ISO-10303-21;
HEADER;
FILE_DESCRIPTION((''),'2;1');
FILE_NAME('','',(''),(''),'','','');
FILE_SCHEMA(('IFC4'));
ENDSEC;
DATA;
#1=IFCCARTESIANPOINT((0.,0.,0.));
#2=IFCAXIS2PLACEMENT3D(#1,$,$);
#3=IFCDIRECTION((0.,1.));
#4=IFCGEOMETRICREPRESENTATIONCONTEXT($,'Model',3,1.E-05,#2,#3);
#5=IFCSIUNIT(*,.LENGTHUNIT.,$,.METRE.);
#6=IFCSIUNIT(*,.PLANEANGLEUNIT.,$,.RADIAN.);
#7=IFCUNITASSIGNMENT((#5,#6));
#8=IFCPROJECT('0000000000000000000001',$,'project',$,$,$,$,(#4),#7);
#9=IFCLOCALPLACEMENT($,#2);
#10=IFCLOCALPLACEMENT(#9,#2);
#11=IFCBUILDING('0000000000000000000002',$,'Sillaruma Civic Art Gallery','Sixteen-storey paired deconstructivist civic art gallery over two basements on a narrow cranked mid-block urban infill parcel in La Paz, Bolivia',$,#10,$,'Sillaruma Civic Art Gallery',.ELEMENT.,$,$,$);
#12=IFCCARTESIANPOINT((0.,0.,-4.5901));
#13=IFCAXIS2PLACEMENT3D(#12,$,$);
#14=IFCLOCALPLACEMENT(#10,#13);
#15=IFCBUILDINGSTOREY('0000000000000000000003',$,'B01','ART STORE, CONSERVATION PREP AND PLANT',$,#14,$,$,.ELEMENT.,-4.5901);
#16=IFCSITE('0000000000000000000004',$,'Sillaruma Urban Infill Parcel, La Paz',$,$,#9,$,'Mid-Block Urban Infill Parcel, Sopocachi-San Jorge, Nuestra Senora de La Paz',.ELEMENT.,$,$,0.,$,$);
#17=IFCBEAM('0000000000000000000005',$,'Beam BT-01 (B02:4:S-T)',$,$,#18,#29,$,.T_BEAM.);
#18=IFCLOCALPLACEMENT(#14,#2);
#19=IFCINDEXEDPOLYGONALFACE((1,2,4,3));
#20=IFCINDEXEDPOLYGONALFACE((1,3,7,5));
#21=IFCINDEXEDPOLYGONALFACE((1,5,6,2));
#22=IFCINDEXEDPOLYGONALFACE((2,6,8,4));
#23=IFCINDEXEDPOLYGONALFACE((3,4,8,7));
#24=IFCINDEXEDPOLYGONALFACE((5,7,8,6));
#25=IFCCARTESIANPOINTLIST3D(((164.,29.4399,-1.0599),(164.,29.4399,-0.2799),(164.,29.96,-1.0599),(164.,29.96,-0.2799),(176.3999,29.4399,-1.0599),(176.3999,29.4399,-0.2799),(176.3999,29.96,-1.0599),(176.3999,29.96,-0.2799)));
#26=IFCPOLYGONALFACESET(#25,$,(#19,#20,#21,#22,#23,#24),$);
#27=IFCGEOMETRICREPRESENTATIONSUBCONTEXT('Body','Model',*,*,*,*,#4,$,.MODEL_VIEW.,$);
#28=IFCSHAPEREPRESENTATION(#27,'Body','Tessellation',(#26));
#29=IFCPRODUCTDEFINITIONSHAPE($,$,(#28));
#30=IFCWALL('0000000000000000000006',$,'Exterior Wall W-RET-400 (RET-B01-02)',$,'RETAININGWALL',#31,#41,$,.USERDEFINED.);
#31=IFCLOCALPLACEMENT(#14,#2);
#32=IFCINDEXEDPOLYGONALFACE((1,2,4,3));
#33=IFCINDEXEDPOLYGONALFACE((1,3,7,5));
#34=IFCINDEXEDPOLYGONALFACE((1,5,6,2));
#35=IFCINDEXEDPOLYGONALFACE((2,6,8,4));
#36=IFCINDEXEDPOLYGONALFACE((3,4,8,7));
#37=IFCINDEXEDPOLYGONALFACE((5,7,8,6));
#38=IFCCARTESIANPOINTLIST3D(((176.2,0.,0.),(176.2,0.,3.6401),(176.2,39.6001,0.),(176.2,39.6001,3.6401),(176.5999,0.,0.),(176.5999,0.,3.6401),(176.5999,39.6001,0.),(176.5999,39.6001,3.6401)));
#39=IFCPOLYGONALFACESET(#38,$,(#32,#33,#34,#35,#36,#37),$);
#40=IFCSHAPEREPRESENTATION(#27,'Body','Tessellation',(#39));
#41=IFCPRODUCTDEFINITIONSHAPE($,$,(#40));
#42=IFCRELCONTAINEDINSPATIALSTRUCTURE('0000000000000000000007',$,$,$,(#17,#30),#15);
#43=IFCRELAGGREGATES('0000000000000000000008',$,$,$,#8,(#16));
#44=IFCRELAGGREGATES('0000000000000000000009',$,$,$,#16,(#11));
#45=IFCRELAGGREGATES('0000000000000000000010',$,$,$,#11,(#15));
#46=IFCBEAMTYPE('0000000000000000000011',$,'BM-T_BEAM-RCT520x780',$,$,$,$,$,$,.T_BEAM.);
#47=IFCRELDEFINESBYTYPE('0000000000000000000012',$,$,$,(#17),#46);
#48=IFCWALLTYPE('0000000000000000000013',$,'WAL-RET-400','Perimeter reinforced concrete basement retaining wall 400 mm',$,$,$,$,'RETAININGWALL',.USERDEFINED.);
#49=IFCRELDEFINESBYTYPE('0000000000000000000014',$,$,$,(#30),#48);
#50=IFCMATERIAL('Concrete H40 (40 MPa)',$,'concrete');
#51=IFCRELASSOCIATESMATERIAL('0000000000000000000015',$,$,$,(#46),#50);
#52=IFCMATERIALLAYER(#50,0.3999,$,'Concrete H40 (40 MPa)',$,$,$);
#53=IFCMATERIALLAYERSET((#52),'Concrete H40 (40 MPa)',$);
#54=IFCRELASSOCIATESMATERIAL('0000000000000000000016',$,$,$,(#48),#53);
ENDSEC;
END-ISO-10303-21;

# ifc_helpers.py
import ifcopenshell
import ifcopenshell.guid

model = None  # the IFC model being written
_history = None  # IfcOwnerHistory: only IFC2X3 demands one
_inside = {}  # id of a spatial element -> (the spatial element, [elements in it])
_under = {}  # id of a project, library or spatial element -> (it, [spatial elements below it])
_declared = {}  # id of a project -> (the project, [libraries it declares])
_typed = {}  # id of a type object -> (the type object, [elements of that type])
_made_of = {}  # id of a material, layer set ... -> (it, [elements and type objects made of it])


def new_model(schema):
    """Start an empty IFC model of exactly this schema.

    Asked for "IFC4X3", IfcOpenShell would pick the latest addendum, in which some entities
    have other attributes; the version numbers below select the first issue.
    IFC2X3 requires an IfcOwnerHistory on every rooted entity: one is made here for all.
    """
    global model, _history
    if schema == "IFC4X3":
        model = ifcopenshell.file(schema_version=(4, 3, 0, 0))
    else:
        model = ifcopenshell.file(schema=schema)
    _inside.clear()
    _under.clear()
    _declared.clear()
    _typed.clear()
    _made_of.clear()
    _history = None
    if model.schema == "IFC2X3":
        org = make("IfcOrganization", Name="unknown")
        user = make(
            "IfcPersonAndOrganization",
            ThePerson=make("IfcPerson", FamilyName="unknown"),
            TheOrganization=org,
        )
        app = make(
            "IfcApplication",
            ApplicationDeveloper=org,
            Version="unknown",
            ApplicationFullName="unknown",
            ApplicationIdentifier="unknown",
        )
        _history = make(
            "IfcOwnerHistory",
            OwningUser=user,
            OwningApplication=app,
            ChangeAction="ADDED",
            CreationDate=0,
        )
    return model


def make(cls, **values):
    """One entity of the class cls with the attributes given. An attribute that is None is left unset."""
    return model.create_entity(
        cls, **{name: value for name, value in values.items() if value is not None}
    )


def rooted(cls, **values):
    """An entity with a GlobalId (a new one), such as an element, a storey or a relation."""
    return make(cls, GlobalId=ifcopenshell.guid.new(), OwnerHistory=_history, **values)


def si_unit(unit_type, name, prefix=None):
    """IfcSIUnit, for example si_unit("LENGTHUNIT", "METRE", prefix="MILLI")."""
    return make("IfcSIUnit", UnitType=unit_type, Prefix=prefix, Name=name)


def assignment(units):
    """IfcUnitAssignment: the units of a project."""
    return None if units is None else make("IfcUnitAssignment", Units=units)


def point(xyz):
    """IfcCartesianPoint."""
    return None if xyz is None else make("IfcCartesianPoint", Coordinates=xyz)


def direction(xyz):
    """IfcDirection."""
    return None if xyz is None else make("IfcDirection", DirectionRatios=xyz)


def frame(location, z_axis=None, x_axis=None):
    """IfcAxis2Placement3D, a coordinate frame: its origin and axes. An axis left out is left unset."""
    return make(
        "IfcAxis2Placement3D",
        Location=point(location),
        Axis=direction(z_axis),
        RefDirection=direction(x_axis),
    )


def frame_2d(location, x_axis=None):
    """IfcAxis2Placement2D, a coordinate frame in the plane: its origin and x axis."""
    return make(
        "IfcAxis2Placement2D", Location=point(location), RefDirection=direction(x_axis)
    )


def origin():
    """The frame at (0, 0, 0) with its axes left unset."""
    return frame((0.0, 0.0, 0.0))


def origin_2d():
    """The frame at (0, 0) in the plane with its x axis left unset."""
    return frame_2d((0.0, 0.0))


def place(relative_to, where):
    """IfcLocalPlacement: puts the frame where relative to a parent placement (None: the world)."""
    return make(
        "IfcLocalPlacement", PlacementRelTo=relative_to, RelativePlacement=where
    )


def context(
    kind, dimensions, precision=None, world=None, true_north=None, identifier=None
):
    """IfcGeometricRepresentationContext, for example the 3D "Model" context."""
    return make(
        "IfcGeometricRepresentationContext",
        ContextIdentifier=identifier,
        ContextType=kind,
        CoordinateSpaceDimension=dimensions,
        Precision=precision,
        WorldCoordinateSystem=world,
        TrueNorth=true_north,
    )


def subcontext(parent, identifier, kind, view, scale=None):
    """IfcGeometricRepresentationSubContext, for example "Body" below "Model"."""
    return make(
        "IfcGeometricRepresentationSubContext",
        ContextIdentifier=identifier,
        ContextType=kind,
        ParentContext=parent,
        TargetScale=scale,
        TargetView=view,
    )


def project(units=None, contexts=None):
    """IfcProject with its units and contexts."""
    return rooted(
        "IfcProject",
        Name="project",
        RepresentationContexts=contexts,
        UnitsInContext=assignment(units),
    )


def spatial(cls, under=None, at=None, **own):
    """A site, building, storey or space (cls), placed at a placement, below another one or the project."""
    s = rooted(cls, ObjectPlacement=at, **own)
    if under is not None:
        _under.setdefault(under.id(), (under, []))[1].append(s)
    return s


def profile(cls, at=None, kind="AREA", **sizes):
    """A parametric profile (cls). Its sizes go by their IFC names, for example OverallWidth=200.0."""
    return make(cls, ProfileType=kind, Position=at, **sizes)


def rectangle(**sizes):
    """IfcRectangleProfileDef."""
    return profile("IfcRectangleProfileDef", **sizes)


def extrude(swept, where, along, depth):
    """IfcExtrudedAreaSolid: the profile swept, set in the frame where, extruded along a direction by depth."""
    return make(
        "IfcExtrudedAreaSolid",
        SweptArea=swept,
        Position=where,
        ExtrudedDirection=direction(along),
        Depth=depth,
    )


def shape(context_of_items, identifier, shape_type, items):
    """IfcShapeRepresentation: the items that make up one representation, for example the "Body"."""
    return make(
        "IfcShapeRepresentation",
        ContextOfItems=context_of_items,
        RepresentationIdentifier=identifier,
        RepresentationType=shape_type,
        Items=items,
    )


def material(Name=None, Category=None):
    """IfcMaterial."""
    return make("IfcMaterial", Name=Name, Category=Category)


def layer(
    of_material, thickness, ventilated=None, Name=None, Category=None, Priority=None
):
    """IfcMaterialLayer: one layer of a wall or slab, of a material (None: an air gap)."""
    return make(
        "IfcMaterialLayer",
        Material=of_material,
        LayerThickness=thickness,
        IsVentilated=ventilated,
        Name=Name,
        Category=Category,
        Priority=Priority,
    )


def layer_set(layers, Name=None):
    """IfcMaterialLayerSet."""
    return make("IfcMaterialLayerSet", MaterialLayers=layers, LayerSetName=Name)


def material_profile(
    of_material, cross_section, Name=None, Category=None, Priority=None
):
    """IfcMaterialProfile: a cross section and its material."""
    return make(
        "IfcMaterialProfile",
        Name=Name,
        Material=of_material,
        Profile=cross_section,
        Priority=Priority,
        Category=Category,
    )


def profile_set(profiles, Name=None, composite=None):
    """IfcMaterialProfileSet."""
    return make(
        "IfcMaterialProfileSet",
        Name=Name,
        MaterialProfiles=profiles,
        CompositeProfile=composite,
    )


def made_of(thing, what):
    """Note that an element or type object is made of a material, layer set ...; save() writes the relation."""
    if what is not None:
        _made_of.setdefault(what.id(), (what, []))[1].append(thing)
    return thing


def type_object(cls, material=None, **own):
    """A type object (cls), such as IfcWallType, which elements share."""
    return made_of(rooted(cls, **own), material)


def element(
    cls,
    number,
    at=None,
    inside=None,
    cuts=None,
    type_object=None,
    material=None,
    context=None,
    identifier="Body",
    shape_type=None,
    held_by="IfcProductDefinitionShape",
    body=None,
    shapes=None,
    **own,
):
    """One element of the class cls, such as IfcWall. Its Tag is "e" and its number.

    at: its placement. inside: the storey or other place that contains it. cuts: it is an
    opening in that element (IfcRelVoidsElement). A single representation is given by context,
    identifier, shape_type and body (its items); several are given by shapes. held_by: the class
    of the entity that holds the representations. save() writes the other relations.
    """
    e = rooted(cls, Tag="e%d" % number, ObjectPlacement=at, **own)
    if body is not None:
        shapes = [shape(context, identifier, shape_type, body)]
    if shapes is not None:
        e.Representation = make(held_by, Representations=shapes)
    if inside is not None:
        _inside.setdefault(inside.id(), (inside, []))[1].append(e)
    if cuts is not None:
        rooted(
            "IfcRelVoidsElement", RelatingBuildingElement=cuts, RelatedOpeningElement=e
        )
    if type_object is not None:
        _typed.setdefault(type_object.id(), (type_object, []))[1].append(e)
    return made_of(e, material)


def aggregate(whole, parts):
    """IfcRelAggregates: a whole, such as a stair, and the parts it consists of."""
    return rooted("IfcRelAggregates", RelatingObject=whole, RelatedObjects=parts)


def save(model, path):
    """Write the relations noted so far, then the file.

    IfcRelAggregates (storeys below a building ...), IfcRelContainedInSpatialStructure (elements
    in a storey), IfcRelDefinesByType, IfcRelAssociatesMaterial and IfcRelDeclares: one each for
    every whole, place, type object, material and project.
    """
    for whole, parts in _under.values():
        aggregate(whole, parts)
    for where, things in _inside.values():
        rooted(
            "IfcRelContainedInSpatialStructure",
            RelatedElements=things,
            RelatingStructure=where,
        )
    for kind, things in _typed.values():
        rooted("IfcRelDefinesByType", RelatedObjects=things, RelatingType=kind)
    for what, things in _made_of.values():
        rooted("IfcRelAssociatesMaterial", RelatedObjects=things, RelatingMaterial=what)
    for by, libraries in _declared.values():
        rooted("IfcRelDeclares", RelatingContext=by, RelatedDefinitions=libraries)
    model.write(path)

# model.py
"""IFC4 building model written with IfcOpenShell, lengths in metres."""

from ifc_helpers import new_model, si_unit, direction, frame, frame_2d, origin, origin_2d, place, context, subcontext, project, spatial, rectangle, extrude, material, layer, layer_set, material_profile, profile_set, type_object, element, save


model = new_model("IFC4")

# Units and contexts
model_context = context("Model", 3, precision=1e-05, world=origin(), true_north=direction((0.0, 1.0)))
body_context = subcontext(model_context, "Body", "Model", "MODEL_VIEW")
ifc_project = project(units=[si_unit("LENGTHUNIT", "METRE"), si_unit("PLANEANGLEUNIT", "RADIAN")], contexts=[model_context])

# Site, building, storey
site_placement = place(None, origin())
site = spatial("IfcSite", under=ifc_project, at=site_placement, Name="Sillaruma Urban Infill Parcel, La Paz", LongName="Mid-Block Urban Infill Parcel, Sopocachi-San Jorge, Nuestra Senora de La Paz", CompositionType="ELEMENT", RefElevation=0.0)
building_placement = place(site_placement, origin())
building = spatial("IfcBuilding", under=site, at=building_placement, Name="Sillaruma Civic Art Gallery", Description="Sixteen-storey paired deconstructivist civic art gallery over two basements on a narrow cranked mid-block urban infill parcel in La Paz, Bolivia", LongName="Sillaruma Civic Art Gallery", CompositionType="ELEMENT")
storey_placement = place(building_placement, frame((0.0, 0.0, -4.5901)))
storey = spatial("IfcBuildingStorey", under=building, at=storey_placement, Name="B01", Description="ART STORE, CONSERVATION PREP AND PLANT", CompositionType="ELEMENT", Elevation=-4.5901)

# Shared definitions
ifc_material_1 = material(Name="Concrete H40 (40 MPa)", Category="concrete")

# Beam
ifc_material_profile_1 = material_profile(ifc_material_1, rectangle(XDim=0.52, YDim=0.78, at=origin_2d()), Name="RCT520x780")
ifc_profile_set_1 = profile_set([ifc_material_profile_1], Name="Concrete H40 (40 MPa)")
beam_type_1 = type_object("IfcBeamType", Name="BM-T_BEAM-RCT520x780", PredefinedType="T_BEAM", material=ifc_profile_set_1)
for number, where, z_axis, x_axis, name in (
    (1, (164.0, 29.7, -0.6699), (1.0, 0.0, 0.0), (0.0, 1.0, 0.0), "Beam BT-01 (B02:4:S-T)"),
):
    element("IfcBeam", number, at=place(storey_placement, frame(where, z_axis=z_axis, x_axis=x_axis)), inside=storey, type_object=beam_type_1, Name=name, PredefinedType="T_BEAM", context=body_context, shape_type="SweptSolid", body=[
        extrude(rectangle(XDim=0.52, YDim=0.78, at=origin_2d()), origin(), (0.0, 0.0, 1.0), 12.3999),
    ])

# Wall
ifc_layer = layer(ifc_material_1, 0.3999, Name="Concrete H40 (40 MPa)")
ifc_layer_set = layer_set([ifc_layer], Name="Concrete H40 (40 MPa)")
wall_type = type_object("IfcWallType", Name="WAL-RET-400", Description="Perimeter reinforced concrete basement retaining wall 400 mm", ElementType="RETAININGWALL", PredefinedType="USERDEFINED", material=ifc_layer_set)
wall_placement = place(storey_placement, frame((176.3999, 0.0, 0.0), z_axis=(0.0, 0.0, 1.0), x_axis=(0.0, 1.0, 0.0)))
element("IfcWall", 2, at=wall_placement, inside=storey, type_object=wall_type, Name="Exterior Wall W-RET-400 (RET-B01-02)", ObjectType="RETAININGWALL", PredefinedType="USERDEFINED", context=body_context, shape_type="SweptSolid", body=[
    extrude(rectangle(XDim=39.6001, YDim=0.3999, at=frame_2d((19.8, 0.0))), origin(), (0.0, 0.0, 1.0), 3.6401),
])

save(model, "model.ifc")
